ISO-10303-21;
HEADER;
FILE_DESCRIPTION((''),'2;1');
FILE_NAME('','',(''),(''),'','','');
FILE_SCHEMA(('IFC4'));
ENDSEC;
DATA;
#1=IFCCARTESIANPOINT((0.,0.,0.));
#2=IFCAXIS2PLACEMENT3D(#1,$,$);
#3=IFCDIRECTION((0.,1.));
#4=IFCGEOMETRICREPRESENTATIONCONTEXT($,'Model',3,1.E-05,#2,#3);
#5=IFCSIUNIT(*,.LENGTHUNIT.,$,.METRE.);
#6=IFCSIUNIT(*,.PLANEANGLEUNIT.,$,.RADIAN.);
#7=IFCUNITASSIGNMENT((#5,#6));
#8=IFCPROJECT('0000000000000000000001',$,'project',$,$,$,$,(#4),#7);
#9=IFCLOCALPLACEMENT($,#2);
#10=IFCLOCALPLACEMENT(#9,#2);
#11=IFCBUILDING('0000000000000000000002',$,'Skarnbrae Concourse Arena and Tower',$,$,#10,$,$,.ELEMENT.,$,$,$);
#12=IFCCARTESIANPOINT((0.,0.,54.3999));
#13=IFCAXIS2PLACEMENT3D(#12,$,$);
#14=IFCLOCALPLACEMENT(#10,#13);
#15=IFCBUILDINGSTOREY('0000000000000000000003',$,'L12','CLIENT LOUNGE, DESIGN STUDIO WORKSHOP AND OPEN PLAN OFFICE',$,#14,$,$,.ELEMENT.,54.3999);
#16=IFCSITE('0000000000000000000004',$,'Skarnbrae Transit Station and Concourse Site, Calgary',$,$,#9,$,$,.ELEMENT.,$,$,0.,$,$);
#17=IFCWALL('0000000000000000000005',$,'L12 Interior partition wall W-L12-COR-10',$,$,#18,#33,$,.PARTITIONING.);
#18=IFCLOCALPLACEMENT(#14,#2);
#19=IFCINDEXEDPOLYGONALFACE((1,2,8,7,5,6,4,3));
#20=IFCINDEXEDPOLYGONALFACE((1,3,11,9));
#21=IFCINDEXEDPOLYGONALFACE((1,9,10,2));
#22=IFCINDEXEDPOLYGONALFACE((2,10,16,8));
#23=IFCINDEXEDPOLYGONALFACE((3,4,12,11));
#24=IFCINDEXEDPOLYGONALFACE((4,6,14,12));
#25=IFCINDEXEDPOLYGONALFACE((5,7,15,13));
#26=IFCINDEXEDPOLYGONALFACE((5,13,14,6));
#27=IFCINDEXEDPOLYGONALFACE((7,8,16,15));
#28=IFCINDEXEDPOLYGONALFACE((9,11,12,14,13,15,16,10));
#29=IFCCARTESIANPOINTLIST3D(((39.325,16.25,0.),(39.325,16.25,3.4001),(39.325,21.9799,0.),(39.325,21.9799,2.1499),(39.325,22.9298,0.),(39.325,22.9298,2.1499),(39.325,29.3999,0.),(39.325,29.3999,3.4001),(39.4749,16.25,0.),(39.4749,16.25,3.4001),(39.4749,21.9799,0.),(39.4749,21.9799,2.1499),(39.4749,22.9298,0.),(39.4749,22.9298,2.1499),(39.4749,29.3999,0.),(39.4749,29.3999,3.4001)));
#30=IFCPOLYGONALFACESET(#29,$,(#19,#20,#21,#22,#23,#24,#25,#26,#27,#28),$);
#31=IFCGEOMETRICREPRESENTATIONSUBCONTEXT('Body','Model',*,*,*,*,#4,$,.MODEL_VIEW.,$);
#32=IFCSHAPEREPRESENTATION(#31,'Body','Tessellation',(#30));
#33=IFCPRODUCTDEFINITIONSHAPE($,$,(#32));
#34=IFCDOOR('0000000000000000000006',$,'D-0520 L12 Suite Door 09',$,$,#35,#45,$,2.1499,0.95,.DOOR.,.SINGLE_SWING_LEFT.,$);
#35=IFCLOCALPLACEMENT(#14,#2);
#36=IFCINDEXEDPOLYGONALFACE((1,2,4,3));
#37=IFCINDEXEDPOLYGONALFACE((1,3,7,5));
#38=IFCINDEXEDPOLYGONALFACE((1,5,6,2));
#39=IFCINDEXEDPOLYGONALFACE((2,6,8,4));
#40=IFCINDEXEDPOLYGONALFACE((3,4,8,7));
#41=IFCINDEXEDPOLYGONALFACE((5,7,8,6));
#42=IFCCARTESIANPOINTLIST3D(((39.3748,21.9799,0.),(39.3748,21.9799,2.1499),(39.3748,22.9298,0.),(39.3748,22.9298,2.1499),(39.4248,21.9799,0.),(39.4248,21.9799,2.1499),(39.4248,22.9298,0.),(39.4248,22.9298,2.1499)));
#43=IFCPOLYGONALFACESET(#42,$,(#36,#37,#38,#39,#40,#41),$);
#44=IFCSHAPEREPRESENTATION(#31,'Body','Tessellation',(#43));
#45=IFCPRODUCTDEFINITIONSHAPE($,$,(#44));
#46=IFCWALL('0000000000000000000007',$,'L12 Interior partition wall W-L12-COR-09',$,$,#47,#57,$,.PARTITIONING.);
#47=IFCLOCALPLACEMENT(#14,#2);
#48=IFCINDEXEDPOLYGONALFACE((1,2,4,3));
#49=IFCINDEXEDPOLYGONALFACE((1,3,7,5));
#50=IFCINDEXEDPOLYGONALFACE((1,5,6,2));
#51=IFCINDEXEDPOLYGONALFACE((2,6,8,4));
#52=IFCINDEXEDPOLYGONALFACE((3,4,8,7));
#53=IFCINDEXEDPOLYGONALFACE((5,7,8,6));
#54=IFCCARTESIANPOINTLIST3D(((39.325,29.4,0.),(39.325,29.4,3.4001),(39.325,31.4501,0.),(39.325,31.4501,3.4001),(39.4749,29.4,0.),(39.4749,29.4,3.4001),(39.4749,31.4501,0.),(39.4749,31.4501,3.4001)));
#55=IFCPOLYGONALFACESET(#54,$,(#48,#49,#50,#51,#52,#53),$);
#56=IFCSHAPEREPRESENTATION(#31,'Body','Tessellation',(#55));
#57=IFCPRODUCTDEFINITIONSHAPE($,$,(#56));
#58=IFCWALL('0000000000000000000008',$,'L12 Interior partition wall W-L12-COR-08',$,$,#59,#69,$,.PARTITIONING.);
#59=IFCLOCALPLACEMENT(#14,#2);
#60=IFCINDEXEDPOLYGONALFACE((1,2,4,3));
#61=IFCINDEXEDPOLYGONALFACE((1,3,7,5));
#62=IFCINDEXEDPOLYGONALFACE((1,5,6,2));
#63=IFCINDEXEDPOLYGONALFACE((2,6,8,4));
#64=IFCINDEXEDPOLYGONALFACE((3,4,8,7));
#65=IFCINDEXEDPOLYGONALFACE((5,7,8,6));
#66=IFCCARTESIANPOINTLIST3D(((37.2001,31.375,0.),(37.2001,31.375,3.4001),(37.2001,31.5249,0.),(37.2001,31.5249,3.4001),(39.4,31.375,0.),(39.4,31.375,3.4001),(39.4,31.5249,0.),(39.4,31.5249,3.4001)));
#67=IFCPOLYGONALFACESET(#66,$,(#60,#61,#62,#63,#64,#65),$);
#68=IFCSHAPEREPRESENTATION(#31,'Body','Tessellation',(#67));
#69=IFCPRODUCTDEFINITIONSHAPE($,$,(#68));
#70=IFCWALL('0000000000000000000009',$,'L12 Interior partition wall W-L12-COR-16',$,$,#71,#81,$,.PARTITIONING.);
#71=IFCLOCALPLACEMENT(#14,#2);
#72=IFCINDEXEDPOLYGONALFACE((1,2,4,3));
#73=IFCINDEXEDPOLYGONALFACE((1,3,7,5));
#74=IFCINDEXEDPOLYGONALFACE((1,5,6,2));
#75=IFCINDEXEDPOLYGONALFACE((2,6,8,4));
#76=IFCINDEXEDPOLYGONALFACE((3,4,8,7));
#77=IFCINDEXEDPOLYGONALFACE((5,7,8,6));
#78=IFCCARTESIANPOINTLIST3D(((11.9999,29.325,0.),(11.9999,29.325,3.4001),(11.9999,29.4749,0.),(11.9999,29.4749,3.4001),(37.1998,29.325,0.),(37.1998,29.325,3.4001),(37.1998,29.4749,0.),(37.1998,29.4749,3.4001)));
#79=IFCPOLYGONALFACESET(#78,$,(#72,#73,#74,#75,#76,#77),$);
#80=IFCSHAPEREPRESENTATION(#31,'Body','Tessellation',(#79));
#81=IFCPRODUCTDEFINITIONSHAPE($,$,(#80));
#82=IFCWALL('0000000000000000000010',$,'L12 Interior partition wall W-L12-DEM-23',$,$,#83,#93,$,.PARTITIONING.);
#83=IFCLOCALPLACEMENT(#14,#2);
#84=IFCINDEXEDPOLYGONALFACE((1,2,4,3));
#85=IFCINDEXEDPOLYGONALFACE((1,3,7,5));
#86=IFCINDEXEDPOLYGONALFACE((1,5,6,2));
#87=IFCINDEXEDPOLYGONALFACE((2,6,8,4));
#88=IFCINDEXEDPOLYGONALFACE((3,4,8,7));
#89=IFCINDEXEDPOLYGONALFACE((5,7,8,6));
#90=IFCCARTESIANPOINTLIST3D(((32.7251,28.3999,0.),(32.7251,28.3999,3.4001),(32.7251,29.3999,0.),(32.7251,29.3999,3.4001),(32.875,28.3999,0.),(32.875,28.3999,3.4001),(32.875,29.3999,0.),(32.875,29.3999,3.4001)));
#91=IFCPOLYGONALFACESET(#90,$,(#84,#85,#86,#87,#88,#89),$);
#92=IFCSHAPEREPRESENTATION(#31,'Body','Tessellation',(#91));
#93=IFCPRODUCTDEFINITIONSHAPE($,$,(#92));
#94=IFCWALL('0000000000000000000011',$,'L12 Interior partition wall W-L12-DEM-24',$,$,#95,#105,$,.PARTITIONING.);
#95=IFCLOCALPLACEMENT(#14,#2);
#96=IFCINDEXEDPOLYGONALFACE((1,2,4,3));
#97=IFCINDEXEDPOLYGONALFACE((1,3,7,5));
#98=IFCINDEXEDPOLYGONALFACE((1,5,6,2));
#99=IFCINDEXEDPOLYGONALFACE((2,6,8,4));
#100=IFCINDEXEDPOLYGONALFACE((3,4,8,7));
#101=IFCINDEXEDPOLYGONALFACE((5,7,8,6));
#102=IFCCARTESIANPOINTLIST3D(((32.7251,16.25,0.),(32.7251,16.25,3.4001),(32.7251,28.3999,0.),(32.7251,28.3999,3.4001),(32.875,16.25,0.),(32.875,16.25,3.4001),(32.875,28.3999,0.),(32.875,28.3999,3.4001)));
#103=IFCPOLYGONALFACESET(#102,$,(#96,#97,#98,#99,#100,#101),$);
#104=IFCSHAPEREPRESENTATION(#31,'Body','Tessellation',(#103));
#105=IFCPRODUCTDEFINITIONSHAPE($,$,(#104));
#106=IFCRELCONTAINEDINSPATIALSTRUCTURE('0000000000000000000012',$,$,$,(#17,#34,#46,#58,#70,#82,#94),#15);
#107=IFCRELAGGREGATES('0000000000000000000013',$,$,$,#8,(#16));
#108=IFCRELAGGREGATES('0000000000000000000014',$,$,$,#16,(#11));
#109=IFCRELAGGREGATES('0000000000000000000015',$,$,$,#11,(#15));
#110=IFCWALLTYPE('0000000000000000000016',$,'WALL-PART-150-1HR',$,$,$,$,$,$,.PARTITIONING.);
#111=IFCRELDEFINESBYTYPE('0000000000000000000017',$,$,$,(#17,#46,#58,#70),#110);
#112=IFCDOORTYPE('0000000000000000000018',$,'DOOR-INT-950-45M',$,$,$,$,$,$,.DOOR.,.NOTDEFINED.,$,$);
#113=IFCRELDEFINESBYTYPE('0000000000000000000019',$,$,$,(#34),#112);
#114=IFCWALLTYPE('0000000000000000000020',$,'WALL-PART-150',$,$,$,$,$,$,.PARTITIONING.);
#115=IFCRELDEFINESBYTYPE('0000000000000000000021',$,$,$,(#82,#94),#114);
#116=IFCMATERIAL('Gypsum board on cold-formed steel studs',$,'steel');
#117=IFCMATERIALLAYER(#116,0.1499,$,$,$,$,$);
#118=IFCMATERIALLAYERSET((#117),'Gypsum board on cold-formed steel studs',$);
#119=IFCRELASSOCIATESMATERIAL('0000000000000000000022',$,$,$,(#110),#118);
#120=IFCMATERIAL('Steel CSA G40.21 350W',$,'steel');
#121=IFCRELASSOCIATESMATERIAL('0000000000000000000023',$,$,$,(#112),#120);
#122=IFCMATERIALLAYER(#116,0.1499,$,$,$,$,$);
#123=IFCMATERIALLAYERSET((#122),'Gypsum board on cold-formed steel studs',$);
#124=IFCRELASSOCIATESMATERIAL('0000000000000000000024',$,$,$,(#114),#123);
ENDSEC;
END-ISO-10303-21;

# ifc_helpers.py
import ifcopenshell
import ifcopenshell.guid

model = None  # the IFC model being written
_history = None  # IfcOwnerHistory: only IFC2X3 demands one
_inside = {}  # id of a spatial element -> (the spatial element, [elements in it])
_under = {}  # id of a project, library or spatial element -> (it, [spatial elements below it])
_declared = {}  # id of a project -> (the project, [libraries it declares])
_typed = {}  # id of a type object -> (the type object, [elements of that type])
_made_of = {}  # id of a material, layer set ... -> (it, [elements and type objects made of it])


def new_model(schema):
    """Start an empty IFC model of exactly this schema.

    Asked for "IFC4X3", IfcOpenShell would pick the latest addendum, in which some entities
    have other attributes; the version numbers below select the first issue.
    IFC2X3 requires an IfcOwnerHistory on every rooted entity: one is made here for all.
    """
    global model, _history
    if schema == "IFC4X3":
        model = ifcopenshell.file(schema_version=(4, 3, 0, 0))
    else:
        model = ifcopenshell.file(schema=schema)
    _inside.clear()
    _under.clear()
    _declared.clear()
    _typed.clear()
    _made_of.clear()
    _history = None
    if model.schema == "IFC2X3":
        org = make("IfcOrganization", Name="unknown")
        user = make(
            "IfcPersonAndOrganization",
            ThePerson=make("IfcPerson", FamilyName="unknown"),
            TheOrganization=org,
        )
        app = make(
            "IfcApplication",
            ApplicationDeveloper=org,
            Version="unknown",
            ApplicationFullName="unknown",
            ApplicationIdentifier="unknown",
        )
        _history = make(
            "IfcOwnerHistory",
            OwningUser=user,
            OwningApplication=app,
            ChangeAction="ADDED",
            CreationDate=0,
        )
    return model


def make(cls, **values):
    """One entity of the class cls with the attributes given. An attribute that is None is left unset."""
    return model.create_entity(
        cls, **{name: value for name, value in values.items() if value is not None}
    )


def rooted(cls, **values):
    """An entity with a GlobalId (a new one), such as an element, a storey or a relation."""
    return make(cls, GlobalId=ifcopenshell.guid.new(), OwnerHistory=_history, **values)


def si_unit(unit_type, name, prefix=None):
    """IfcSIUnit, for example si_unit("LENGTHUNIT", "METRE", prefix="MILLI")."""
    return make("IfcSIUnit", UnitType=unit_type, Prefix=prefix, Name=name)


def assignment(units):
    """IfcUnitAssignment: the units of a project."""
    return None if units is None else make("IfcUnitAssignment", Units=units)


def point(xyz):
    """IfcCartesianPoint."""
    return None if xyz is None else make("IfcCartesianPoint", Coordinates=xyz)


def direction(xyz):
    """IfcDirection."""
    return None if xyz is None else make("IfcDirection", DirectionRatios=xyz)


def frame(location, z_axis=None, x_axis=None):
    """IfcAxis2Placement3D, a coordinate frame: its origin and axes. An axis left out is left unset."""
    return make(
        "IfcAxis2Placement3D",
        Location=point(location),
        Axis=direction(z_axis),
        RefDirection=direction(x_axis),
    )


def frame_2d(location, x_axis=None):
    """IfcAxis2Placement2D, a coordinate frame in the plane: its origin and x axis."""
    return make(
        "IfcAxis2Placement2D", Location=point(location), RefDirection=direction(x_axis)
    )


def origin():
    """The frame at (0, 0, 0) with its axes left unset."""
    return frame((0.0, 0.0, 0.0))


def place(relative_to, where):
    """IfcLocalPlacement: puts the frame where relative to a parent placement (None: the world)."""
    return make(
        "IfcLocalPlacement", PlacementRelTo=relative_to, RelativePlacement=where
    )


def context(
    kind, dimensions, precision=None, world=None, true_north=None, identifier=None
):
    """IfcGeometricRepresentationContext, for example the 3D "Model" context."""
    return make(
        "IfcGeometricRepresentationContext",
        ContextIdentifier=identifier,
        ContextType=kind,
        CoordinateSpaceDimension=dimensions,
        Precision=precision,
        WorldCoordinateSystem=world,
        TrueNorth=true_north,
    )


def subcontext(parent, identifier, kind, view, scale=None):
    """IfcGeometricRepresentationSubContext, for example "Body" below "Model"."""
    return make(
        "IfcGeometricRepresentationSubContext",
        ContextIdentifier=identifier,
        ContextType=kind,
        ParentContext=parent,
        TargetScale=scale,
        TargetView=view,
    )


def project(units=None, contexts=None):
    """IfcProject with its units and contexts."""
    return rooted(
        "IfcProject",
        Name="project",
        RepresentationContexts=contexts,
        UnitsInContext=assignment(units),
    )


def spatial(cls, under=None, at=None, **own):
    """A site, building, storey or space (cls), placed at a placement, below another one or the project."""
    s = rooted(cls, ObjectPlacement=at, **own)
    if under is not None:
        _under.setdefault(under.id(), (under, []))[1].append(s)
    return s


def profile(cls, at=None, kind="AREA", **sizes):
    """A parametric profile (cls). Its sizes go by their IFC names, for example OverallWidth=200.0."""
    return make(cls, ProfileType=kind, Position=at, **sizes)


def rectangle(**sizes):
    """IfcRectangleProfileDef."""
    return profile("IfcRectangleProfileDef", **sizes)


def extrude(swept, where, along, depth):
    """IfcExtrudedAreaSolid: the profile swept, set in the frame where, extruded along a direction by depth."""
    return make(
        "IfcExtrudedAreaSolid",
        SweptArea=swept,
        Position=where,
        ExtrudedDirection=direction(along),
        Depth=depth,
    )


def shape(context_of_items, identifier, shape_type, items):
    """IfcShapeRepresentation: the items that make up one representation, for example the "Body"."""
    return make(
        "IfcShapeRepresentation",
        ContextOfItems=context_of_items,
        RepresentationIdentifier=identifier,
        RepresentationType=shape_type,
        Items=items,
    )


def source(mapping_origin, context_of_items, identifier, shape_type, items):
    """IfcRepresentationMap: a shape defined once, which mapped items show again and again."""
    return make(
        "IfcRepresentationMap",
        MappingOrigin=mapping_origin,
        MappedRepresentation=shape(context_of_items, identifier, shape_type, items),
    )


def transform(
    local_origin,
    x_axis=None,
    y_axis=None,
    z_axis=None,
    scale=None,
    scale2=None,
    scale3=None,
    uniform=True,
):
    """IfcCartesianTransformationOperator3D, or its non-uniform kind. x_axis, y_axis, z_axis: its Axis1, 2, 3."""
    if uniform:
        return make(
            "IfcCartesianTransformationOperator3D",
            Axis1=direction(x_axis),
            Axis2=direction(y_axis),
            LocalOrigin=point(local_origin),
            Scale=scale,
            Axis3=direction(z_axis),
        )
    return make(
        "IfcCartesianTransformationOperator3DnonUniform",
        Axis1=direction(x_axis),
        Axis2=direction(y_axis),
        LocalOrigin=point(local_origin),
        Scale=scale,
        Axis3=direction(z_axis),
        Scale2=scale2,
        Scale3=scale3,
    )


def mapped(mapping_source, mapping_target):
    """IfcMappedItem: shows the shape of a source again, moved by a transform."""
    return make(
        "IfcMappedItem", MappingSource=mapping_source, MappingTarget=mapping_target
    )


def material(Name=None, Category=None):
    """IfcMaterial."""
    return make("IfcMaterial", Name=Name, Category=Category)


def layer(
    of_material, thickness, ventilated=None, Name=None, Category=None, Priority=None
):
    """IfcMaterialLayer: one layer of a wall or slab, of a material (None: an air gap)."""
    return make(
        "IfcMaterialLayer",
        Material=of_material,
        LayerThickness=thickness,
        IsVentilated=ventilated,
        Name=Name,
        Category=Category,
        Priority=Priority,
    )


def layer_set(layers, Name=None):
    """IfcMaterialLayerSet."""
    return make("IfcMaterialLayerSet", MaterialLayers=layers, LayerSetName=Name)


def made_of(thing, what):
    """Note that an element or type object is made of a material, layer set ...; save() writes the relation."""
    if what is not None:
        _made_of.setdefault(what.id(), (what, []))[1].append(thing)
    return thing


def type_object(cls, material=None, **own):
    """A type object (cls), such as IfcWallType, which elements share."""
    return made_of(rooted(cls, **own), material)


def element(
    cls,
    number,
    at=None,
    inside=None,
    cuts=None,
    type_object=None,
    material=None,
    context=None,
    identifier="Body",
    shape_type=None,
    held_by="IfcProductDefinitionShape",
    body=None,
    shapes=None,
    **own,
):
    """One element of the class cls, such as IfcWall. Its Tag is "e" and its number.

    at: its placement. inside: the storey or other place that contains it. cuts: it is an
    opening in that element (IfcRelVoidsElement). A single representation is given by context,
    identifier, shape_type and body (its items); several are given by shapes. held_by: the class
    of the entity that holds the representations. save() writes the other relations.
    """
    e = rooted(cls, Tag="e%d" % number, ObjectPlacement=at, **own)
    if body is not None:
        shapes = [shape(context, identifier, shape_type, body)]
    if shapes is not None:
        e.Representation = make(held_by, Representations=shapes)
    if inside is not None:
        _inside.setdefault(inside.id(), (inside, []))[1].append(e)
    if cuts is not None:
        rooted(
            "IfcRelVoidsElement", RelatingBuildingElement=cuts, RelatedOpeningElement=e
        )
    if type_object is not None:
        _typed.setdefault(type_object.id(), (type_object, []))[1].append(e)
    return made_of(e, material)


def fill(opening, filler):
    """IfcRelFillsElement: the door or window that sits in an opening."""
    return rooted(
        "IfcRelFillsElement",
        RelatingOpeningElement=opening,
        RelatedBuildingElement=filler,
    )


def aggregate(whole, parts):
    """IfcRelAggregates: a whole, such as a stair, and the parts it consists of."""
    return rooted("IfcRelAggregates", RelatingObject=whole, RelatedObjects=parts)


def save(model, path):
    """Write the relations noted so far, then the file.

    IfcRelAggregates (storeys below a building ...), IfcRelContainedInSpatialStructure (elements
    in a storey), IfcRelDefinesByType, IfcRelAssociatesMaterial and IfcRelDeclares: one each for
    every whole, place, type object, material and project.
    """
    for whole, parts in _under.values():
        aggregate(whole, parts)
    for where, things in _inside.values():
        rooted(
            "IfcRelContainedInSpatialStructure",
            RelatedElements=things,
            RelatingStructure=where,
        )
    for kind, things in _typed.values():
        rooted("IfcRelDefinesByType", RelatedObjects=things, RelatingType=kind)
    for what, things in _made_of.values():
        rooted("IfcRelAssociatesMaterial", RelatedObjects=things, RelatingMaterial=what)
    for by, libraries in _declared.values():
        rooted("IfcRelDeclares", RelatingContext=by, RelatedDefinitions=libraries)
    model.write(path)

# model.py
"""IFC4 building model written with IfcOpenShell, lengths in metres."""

from ifc_helpers import new_model, si_unit, direction, frame, frame_2d, origin, place, context, subcontext, project, spatial, rectangle, extrude, source, transform, mapped, material, layer, layer_set, type_object, element, fill, save


model = new_model("IFC4")

# Units and contexts
model_context = context("Model", 3, precision=1e-05, world=origin(), true_north=direction((0.0, 1.0)))
body_context = subcontext(model_context, "Body", "Model", "MODEL_VIEW")
ifc_project = project(units=[si_unit("LENGTHUNIT", "METRE"), si_unit("PLANEANGLEUNIT", "RADIAN")], contexts=[model_context])

# Site, building, storey
site_placement = place(None, origin())
site = spatial("IfcSite", under=ifc_project, at=site_placement, Name="Skarnbrae Transit Station and Concourse Site, Calgary", CompositionType="ELEMENT", RefElevation=0.0)
building_placement = place(site_placement, origin())
building = spatial("IfcBuilding", under=site, at=building_placement, Name="Skarnbrae Concourse Arena and Tower", CompositionType="ELEMENT")
storey_placement = place(building_placement, frame((0.0, 0.0, 54.3999)))
storey = spatial("IfcBuildingStorey", under=building, at=storey_placement, Name="L12", Description="CLIENT LOUNGE, DESIGN STUDIO WORKSHOP AND OPEN PLAN OFFICE", CompositionType="ELEMENT", Elevation=54.3999)

# Shared definitions
ifc_material_1 = material(Name="Steel CSA G40.21 350W", Category="steel")

# Wall, opening, door
ifc_material_2 = material(Name="Gypsum board on cold-formed steel studs", Category="steel")
ifc_layer_1 = layer(ifc_material_2, 0.1499)
ifc_layer_set_1 = layer_set([ifc_layer_1], Name="Gypsum board on cold-formed steel studs")
wall_type_1 = type_object("IfcWallType", Name="WALL-PART-150-1HR", PredefinedType="PARTITIONING", material=ifc_layer_set_1)
shared_shape_1 = source(origin(), body_context, "Body", "SweptSolid", [
    extrude(rectangle(XDim=13.1499, YDim=0.1499, at=frame_2d((6.575, 0.0))), origin(), (0.0, 0.0, 1.0), 3.4001),
])
wall_1_placement = place(storey_placement, frame((39.3999, 29.3999, 0.0), z_axis=(0.0, 0.0, 1.0), x_axis=(0.0, -1.0, 0.0)))
wall_1 = element("IfcWall", 1, at=wall_1_placement, inside=storey, type_object=wall_type_1, Name="L12 Interior partition wall W-L12-COR-10", PredefinedType="PARTITIONING", context=body_context, shape_type="MappedRepresentation", body=[
    mapped(shared_shape_1, transform((0.0, 0.0, 0.0))),
])
opening_placement = place(wall_1_placement, frame((6.47, 0.0, 0.0)))
opening = element("IfcOpeningElement", 2, at=opening_placement, cuts=wall_1, PredefinedType="OPENING", context=body_context, shape_type="SweptSolid", body=[
    extrude(rectangle(XDim=0.95, YDim=2.1499, at=frame_2d((0.4751, 1.075))), frame((0.0, 0.085, 0.0), z_axis=(0.0, -1.0, 0.0), x_axis=(1.0, 0.0, 0.0)), (0.0, 0.0, 1.0), 0.1699),
])
door_type = type_object("IfcDoorType", Name="DOOR-INT-950-45M", OperationType="NOTDEFINED", PredefinedType="DOOR", material=ifc_material_1)
shared_shape_2 = source(origin(), body_context, "Body", "SweptSolid", [
    extrude(rectangle(XDim=0.95, YDim=2.1499, at=frame_2d((0.4751, 1.075))), frame((0.0, 0.0249, 0.0), z_axis=(0.0, -1.0, 0.0), x_axis=(1.0, 0.0, 0.0)), (0.0, 0.0, 1.0), 0.05),
])
door_placement = place(opening_placement, origin())
door = element("IfcDoor", 3, at=door_placement, inside=storey, type_object=door_type, Name="D-0520 L12 Suite Door 09", OperationType="SINGLE_SWING_LEFT", OverallHeight=2.1499, OverallWidth=0.95, PredefinedType="DOOR", context=body_context, shape_type="MappedRepresentation", body=[
    mapped(shared_shape_2, transform((0.0, 0.0, 0.0))),
])
fill(opening, door)

# Walls
shared_shape_3 = source(origin(), body_context, "Body", "SweptSolid", [
    extrude(rectangle(XDim=2.05, YDim=0.1499, at=frame_2d((1.0249, 0.0))), origin(), (0.0, 0.0, 1.0), 3.4001),
])
wall_2_placement = place(storey_placement, frame((39.3999, 31.45, 0.0), z_axis=(0.0, 0.0, 1.0), x_axis=(0.0, -1.0, 0.0)))
element("IfcWall", 4, at=wall_2_placement, inside=storey, type_object=wall_type_1, Name="L12 Interior partition wall W-L12-COR-09", PredefinedType="PARTITIONING", context=body_context, shape_type="MappedRepresentation", body=[
    mapped(shared_shape_3, transform((0.0, 0.0, 0.0))),
])
shared_shape_4 = source(origin(), body_context, "Body", "SweptSolid", [
    extrude(rectangle(XDim=2.2, YDim=0.1499, at=frame_2d((1.1001, 0.0))), origin(), (0.0, 0.0, 1.0), 3.4001),
])
wall_3_placement = place(storey_placement, frame((37.2, 31.45, 0.0), z_axis=(0.0, 0.0, 1.0), x_axis=(1.0, 0.0, 0.0)))
element("IfcWall", 5, at=wall_3_placement, inside=storey, type_object=wall_type_1, Name="L12 Interior partition wall W-L12-COR-08", PredefinedType="PARTITIONING", context=body_context, shape_type="MappedRepresentation", body=[
    mapped(shared_shape_4, transform((0.0, 0.0, 0.0))),
])
shared_shape_5 = source(origin(), body_context, "Body", "SweptSolid", [
    extrude(rectangle(XDim=25.2, YDim=0.1499, at=frame_2d((12.6001, 0.0))), origin(), (0.0, 0.0, 1.0), 3.4001),
])
wall_4_placement = place(storey_placement, frame((37.2, 29.3999, 0.0), z_axis=(0.0, 0.0, 1.0), x_axis=(-1.0, 0.0, 0.0)))
element("IfcWall", 6, at=wall_4_placement, inside=storey, type_object=wall_type_1, Name="L12 Interior partition wall W-L12-COR-16", PredefinedType="PARTITIONING", context=body_context, shape_type="MappedRepresentation", body=[
    mapped(shared_shape_5, transform((0.0, 0.0, 0.0))),
])
ifc_layer_2 = layer(ifc_material_2, 0.1499)
ifc_layer_set_2 = layer_set([ifc_layer_2], Name="Gypsum board on cold-formed steel studs")
wall_type_2 = type_object("IfcWallType", Name="WALL-PART-150", PredefinedType="PARTITIONING", material=ifc_layer_set_2)
shared_shape_6 = source(origin(), body_context, "Body", "SweptSolid", [
    extrude(rectangle(XDim=1.0, YDim=0.1499, at=frame_2d((0.5, 0.0))), origin(), (0.0, 0.0, 1.0), 3.4001),
])
wall_5_placement = place(storey_placement, frame((32.8, 29.3999, 0.0), z_axis=(0.0, 0.0, 1.0), x_axis=(0.0, -1.0, 0.0)))
element("IfcWall", 7, at=wall_5_placement, inside=storey, type_object=wall_type_2, Name="L12 Interior partition wall W-L12-DEM-23", PredefinedType="PARTITIONING", context=body_context, shape_type="MappedRepresentation", body=[
    mapped(shared_shape_6, transform((0.0, 0.0, 0.0))),
])
shared_shape_7 = source(origin(), body_context, "Body", "SweptSolid", [
    extrude(rectangle(XDim=12.1499, YDim=0.1499, at=frame_2d((6.075, 0.0))), origin(), (0.0, 0.0, 1.0), 3.4001),
])
wall_6_placement = place(storey_placement, frame((32.8, 28.3999, 0.0), z_axis=(0.0, 0.0, 1.0), x_axis=(0.0, -1.0, 0.0)))
element("IfcWall", 8, at=wall_6_placement, inside=storey, type_object=wall_type_2, Name="L12 Interior partition wall W-L12-DEM-24", PredefinedType="PARTITIONING", context=body_context, shape_type="MappedRepresentation", body=[
    mapped(shared_shape_7, transform((0.0, 0.0, 0.0))),
])

save(model, "model.ifc")
